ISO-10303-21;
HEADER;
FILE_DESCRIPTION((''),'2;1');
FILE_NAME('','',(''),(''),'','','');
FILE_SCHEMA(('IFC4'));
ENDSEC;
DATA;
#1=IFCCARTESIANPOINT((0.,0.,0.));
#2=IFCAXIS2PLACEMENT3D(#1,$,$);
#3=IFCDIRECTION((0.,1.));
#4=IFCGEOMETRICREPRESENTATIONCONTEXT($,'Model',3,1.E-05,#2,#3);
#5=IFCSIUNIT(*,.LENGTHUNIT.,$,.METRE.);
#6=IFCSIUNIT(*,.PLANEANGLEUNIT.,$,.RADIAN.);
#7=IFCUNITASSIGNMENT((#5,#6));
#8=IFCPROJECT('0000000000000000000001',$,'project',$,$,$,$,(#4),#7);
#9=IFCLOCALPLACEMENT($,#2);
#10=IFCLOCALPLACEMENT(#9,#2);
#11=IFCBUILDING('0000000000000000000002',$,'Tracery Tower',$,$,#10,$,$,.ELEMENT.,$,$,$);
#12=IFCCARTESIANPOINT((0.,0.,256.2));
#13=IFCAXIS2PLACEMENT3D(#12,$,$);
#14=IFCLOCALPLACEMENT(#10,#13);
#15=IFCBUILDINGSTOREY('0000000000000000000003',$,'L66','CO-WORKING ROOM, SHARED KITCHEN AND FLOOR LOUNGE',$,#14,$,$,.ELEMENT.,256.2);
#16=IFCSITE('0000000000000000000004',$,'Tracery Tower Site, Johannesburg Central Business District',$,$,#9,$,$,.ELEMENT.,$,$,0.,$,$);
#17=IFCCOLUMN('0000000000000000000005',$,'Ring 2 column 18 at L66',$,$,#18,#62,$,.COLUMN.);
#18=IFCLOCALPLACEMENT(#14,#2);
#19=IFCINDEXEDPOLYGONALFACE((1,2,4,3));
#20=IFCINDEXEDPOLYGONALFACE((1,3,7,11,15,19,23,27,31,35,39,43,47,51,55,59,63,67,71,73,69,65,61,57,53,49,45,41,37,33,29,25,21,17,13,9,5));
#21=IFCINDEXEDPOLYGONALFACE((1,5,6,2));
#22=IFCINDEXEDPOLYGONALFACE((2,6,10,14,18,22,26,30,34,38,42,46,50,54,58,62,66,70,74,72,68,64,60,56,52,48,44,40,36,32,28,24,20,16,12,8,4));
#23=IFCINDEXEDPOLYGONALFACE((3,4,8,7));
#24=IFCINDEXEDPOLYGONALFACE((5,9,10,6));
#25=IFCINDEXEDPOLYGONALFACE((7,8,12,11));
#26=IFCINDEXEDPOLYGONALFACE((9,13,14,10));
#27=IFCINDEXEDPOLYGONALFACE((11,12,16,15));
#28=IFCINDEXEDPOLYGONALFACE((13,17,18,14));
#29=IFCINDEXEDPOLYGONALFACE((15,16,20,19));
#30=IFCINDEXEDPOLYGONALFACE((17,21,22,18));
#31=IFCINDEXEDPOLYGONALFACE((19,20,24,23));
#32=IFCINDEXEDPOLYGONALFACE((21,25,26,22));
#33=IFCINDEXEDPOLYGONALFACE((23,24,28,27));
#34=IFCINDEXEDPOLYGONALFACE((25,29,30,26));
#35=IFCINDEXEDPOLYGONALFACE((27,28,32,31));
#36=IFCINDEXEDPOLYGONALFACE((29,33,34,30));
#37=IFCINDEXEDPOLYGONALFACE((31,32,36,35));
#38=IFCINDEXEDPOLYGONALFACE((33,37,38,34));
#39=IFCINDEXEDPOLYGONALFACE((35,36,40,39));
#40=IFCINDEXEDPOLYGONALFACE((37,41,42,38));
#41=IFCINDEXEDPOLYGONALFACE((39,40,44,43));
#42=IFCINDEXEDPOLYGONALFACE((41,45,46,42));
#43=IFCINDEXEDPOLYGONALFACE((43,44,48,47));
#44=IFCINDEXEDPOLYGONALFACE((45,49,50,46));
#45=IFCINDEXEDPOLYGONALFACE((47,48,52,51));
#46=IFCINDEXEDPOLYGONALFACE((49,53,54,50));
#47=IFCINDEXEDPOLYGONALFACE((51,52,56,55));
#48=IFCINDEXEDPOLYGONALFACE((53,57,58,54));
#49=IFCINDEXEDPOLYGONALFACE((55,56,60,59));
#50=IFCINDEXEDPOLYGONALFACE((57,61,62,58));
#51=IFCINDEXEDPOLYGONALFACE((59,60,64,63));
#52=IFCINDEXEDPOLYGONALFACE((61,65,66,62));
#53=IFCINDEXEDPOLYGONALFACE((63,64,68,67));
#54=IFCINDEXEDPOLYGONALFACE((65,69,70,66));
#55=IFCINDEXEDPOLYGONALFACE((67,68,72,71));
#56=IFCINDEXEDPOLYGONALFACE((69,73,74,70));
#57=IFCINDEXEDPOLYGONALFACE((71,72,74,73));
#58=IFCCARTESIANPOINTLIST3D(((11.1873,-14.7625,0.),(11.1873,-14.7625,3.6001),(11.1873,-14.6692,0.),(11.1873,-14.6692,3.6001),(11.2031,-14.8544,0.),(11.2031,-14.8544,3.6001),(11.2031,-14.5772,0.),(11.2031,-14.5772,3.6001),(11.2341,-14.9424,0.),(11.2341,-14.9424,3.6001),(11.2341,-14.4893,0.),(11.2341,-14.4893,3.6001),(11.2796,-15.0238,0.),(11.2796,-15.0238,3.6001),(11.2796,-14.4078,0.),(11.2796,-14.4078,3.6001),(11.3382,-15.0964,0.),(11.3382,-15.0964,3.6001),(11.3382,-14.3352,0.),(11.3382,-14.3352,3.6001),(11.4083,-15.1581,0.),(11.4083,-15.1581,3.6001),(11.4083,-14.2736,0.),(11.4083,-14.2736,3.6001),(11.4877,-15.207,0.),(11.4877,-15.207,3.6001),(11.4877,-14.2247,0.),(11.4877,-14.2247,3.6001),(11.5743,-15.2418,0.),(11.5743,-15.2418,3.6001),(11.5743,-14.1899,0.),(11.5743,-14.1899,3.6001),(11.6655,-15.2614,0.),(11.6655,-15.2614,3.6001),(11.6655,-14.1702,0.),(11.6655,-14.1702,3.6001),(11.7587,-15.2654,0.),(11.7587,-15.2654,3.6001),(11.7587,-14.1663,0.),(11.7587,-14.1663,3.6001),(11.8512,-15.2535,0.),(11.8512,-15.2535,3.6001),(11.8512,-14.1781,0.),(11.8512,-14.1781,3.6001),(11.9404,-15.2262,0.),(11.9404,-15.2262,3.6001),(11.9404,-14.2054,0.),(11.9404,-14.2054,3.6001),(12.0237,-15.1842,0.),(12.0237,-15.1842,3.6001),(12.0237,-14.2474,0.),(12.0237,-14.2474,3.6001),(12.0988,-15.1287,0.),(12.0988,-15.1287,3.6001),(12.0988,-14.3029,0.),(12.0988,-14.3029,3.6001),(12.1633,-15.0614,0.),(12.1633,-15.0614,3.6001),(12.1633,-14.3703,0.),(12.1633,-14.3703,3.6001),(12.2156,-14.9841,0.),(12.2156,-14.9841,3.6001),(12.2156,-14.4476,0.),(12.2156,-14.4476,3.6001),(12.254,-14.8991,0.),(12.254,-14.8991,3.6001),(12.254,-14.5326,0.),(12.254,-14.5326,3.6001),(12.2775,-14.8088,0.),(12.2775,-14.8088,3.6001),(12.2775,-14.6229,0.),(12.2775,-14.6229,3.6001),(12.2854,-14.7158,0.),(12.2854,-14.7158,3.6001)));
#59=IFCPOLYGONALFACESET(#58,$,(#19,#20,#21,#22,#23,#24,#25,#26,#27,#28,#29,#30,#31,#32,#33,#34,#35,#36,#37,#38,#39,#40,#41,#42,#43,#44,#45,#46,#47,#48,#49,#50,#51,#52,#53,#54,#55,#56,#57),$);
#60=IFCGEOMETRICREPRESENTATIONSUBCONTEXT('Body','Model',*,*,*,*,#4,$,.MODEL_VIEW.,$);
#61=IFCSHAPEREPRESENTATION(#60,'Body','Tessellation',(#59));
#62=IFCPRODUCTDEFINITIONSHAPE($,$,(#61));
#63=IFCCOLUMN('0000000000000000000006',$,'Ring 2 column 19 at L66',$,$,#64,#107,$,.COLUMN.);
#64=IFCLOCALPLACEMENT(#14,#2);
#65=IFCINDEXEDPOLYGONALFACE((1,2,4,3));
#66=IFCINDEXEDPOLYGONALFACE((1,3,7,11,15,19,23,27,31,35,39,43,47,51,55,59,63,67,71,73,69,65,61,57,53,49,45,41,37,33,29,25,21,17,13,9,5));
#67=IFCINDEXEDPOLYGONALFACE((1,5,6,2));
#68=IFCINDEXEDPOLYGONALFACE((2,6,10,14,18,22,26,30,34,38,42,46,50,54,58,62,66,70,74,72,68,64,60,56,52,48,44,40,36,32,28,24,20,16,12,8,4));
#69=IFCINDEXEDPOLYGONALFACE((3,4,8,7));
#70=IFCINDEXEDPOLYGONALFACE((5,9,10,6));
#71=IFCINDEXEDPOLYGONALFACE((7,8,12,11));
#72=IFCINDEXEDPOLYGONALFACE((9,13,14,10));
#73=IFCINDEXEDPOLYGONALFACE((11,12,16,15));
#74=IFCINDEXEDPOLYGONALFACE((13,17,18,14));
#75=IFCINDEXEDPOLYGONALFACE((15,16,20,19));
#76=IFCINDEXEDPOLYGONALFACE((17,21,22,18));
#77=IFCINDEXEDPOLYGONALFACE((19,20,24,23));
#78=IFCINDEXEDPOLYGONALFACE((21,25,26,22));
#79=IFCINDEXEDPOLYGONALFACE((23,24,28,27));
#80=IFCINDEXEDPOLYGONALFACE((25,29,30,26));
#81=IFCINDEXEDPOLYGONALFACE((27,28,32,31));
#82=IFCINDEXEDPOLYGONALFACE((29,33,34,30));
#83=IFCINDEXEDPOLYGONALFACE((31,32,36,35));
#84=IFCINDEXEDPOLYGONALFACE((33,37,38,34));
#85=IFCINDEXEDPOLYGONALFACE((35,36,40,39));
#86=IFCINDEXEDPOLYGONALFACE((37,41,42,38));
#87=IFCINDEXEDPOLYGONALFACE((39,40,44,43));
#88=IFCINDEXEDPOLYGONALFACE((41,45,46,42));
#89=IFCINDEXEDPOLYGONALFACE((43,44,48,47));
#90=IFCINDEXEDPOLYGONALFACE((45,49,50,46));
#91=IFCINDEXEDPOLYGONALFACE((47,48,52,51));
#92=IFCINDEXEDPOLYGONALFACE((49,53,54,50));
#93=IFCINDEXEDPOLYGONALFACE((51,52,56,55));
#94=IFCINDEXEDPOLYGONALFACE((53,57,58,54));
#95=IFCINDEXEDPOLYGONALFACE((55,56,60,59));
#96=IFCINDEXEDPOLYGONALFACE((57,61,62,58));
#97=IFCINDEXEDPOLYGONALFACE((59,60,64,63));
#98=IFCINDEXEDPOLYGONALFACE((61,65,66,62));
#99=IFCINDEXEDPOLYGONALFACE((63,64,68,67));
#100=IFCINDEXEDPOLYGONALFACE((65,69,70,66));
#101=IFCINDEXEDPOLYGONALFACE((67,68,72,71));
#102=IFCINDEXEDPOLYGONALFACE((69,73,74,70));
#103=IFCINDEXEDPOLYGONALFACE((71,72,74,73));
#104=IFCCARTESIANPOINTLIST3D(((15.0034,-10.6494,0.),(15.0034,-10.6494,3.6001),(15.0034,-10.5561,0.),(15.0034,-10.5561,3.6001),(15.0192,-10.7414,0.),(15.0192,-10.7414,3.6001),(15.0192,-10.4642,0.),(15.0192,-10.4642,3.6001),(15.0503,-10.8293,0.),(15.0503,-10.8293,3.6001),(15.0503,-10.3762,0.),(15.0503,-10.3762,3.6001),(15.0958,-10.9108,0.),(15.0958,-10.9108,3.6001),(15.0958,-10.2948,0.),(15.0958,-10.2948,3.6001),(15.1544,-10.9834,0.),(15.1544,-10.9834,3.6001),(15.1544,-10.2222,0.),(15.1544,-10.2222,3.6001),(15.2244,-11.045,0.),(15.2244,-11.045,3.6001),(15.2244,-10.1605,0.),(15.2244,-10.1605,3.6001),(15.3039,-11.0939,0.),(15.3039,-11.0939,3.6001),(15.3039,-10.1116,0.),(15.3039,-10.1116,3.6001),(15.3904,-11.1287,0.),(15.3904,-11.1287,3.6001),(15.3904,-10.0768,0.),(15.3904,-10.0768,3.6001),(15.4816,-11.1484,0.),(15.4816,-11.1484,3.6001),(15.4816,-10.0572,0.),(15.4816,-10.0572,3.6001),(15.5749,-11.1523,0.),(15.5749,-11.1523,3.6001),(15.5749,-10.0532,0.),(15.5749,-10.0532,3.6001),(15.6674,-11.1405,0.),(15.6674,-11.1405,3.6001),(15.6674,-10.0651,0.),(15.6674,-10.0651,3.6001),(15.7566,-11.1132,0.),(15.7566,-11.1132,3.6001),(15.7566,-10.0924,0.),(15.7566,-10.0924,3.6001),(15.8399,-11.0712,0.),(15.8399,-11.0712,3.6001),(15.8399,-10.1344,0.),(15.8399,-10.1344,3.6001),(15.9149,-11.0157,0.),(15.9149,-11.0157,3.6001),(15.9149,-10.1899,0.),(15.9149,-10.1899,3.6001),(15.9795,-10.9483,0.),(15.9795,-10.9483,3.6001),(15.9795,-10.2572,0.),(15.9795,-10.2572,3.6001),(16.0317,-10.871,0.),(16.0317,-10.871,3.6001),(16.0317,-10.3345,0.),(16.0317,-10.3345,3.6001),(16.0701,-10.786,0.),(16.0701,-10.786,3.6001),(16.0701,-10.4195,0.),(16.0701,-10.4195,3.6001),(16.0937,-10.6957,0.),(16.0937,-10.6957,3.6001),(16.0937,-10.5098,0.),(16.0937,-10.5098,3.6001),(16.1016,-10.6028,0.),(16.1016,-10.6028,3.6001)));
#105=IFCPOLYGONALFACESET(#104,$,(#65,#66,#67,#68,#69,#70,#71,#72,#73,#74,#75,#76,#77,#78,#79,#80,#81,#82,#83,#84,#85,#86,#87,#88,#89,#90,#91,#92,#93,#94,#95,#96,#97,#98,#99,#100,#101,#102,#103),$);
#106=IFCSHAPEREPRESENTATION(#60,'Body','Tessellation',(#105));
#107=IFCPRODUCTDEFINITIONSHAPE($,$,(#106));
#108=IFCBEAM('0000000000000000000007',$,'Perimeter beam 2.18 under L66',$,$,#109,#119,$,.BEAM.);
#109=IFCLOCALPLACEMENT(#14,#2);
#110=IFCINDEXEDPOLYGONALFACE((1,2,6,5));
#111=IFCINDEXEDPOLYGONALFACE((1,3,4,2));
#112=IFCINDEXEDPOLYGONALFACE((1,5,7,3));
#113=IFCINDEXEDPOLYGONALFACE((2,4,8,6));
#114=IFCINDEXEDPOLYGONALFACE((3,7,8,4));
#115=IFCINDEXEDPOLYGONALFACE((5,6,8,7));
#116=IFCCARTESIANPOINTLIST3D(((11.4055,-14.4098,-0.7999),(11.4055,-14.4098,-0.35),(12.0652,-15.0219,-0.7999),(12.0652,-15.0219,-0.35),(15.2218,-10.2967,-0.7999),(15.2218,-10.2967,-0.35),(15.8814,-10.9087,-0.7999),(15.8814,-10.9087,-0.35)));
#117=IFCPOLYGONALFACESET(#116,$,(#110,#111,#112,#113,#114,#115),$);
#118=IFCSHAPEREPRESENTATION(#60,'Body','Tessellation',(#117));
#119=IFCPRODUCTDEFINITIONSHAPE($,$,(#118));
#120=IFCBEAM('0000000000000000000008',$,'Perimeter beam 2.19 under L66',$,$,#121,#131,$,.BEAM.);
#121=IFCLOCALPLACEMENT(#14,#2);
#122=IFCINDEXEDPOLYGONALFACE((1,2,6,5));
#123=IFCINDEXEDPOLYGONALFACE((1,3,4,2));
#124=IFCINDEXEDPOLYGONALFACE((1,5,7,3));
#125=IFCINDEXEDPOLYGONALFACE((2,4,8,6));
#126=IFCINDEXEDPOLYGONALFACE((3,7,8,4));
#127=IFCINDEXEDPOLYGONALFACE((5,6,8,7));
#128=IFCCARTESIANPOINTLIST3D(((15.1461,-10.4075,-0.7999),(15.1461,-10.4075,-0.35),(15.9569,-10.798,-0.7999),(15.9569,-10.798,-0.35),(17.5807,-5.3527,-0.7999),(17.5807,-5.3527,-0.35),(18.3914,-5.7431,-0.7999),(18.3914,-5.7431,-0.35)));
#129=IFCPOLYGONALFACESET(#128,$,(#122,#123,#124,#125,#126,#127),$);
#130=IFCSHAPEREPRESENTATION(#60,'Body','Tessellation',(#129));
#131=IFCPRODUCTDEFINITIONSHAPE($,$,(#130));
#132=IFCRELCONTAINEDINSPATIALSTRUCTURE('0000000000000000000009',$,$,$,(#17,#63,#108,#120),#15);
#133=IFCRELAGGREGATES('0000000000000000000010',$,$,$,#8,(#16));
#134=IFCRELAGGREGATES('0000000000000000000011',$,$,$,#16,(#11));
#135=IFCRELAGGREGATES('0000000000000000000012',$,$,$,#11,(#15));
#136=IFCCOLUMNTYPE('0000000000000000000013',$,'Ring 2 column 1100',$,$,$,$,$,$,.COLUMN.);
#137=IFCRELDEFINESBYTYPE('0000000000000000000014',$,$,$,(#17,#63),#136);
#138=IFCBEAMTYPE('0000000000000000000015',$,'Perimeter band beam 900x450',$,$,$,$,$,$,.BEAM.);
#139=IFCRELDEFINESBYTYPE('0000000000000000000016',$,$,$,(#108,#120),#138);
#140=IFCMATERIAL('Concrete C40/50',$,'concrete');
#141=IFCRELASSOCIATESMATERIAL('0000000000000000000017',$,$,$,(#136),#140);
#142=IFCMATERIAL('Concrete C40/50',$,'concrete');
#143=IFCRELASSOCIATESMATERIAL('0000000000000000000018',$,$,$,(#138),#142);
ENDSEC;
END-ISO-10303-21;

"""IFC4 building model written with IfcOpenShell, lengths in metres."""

from ifc_helpers import new_model, si_unit, direction, frame, origin, origin_2d, place, context, subcontext, project, spatial, rectangle, circle, extrude, material, material_profile, profile_set, type_object, element, save


model = new_model("IFC4")

# Units and contexts
model_context = context("Model", 3, precision=1e-05, world=origin(), true_north=direction((0.0, 1.0)))
body_context = subcontext(model_context, "Body", "Model", "MODEL_VIEW")
ifc_project = project(units=[si_unit("LENGTHUNIT", "METRE"), si_unit("PLANEANGLEUNIT", "RADIAN")], contexts=[model_context])

# Site, building, storey
site_placement = place(None, origin())
site = spatial("IfcSite", under=ifc_project, at=site_placement, Name="Tracery Tower Site, Johannesburg Central Business District", CompositionType="ELEMENT", RefElevation=0.0)
building_placement = place(site_placement, origin())
building = spatial("IfcBuilding", under=site, at=building_placement, Name="Tracery Tower", CompositionType="ELEMENT")
storey_placement = place(building_placement, frame((0.0, 0.0, 256.2)))
storey = spatial("IfcBuildingStorey", under=building, at=storey_placement, Name="L66", Description="CO-WORKING ROOM, SHARED KITCHEN AND FLOOR LOUNGE", CompositionType="ELEMENT", Elevation=256.2)

# Columns
ifc_material_1 = material(Name="Concrete C40/50", Category="concrete")
ifc_material_profile_1 = material_profile(ifc_material_1, circle(Radius=0.55, at=origin_2d()), Name="RC D1100")
ifc_profile_set_1 = profile_set([ifc_material_profile_1], Name="Concrete C40/50")
column_type = type_object("IfcColumnType", Name="Ring 2 column 1100", PredefinedType="COLUMN", material=ifc_profile_set_1)
for number, where, z_axis, x_axis, name in (
    (1, (11.7354, -14.7158, 0.0), (0.0, 0.0, 1.0), (1.0, 0.0, 0.0), "Ring 2 column 18 at L66"),
    (2, (15.5515, -10.6028, 0.0), (0.0, 0.0, 1.0), (1.0, 0.0, 0.0), "Ring 2 column 19 at L66"),
):
    element("IfcColumn", number, at=place(storey_placement, frame(where, z_axis=z_axis, x_axis=x_axis)), inside=storey, type_object=column_type, Name=name, PredefinedType="COLUMN", context=body_context, shape_type="SweptSolid", body=[
        extrude(circle(Radius=0.55, at=origin_2d()), origin(), (0.0, 0.0, 1.0), 3.6001),
    ])

# Beams
ifc_material_2 = material(Name="Concrete C40/50", Category="concrete")
ifc_material_profile_2 = material_profile(ifc_material_2, rectangle(XDim=0.8999, YDim=0.45, at=origin_2d()), Name="RC 900x450")
ifc_profile_set_2 = profile_set([ifc_material_profile_2], Name="Concrete C40/50")
beam_type = type_object("IfcBeamType", Name="Perimeter band beam 900x450", PredefinedType="BEAM", material=ifc_profile_set_2)
beam_1_placement = place(storey_placement, frame((11.7354, -14.7158, -0.575), z_axis=(0.680156, 0.733068, 0.0), x_axis=(-0.733068, 0.680156, 0.0)))
element("IfcBeam", 3, at=beam_1_placement, inside=storey, type_object=beam_type, Name="Perimeter beam 2.18 under L66", PredefinedType="BEAM", context=body_context, shape_type="SweptSolid", body=[
    extrude(rectangle(XDim=0.8999, YDim=0.45, at=origin_2d()), origin(), (0.0, 0.0, 1.0), 5.6108),
])
beam_2_placement = place(storey_placement, frame((15.5515, -10.6028, -0.575), z_axis=(0.433919, 0.900952, 0.0), x_axis=(-0.900952, 0.433919, 0.0)))
element("IfcBeam", 4, at=beam_2_placement, inside=storey, type_object=beam_type, Name="Perimeter beam 2.19 under L66", PredefinedType="BEAM", context=body_context, shape_type="SweptSolid", body=[
    extrude(rectangle(XDim=0.8999, YDim=0.45, at=origin_2d()), origin(), (0.0, 0.0, 1.0), 5.6106),
])

save(model, "model.ifc")
